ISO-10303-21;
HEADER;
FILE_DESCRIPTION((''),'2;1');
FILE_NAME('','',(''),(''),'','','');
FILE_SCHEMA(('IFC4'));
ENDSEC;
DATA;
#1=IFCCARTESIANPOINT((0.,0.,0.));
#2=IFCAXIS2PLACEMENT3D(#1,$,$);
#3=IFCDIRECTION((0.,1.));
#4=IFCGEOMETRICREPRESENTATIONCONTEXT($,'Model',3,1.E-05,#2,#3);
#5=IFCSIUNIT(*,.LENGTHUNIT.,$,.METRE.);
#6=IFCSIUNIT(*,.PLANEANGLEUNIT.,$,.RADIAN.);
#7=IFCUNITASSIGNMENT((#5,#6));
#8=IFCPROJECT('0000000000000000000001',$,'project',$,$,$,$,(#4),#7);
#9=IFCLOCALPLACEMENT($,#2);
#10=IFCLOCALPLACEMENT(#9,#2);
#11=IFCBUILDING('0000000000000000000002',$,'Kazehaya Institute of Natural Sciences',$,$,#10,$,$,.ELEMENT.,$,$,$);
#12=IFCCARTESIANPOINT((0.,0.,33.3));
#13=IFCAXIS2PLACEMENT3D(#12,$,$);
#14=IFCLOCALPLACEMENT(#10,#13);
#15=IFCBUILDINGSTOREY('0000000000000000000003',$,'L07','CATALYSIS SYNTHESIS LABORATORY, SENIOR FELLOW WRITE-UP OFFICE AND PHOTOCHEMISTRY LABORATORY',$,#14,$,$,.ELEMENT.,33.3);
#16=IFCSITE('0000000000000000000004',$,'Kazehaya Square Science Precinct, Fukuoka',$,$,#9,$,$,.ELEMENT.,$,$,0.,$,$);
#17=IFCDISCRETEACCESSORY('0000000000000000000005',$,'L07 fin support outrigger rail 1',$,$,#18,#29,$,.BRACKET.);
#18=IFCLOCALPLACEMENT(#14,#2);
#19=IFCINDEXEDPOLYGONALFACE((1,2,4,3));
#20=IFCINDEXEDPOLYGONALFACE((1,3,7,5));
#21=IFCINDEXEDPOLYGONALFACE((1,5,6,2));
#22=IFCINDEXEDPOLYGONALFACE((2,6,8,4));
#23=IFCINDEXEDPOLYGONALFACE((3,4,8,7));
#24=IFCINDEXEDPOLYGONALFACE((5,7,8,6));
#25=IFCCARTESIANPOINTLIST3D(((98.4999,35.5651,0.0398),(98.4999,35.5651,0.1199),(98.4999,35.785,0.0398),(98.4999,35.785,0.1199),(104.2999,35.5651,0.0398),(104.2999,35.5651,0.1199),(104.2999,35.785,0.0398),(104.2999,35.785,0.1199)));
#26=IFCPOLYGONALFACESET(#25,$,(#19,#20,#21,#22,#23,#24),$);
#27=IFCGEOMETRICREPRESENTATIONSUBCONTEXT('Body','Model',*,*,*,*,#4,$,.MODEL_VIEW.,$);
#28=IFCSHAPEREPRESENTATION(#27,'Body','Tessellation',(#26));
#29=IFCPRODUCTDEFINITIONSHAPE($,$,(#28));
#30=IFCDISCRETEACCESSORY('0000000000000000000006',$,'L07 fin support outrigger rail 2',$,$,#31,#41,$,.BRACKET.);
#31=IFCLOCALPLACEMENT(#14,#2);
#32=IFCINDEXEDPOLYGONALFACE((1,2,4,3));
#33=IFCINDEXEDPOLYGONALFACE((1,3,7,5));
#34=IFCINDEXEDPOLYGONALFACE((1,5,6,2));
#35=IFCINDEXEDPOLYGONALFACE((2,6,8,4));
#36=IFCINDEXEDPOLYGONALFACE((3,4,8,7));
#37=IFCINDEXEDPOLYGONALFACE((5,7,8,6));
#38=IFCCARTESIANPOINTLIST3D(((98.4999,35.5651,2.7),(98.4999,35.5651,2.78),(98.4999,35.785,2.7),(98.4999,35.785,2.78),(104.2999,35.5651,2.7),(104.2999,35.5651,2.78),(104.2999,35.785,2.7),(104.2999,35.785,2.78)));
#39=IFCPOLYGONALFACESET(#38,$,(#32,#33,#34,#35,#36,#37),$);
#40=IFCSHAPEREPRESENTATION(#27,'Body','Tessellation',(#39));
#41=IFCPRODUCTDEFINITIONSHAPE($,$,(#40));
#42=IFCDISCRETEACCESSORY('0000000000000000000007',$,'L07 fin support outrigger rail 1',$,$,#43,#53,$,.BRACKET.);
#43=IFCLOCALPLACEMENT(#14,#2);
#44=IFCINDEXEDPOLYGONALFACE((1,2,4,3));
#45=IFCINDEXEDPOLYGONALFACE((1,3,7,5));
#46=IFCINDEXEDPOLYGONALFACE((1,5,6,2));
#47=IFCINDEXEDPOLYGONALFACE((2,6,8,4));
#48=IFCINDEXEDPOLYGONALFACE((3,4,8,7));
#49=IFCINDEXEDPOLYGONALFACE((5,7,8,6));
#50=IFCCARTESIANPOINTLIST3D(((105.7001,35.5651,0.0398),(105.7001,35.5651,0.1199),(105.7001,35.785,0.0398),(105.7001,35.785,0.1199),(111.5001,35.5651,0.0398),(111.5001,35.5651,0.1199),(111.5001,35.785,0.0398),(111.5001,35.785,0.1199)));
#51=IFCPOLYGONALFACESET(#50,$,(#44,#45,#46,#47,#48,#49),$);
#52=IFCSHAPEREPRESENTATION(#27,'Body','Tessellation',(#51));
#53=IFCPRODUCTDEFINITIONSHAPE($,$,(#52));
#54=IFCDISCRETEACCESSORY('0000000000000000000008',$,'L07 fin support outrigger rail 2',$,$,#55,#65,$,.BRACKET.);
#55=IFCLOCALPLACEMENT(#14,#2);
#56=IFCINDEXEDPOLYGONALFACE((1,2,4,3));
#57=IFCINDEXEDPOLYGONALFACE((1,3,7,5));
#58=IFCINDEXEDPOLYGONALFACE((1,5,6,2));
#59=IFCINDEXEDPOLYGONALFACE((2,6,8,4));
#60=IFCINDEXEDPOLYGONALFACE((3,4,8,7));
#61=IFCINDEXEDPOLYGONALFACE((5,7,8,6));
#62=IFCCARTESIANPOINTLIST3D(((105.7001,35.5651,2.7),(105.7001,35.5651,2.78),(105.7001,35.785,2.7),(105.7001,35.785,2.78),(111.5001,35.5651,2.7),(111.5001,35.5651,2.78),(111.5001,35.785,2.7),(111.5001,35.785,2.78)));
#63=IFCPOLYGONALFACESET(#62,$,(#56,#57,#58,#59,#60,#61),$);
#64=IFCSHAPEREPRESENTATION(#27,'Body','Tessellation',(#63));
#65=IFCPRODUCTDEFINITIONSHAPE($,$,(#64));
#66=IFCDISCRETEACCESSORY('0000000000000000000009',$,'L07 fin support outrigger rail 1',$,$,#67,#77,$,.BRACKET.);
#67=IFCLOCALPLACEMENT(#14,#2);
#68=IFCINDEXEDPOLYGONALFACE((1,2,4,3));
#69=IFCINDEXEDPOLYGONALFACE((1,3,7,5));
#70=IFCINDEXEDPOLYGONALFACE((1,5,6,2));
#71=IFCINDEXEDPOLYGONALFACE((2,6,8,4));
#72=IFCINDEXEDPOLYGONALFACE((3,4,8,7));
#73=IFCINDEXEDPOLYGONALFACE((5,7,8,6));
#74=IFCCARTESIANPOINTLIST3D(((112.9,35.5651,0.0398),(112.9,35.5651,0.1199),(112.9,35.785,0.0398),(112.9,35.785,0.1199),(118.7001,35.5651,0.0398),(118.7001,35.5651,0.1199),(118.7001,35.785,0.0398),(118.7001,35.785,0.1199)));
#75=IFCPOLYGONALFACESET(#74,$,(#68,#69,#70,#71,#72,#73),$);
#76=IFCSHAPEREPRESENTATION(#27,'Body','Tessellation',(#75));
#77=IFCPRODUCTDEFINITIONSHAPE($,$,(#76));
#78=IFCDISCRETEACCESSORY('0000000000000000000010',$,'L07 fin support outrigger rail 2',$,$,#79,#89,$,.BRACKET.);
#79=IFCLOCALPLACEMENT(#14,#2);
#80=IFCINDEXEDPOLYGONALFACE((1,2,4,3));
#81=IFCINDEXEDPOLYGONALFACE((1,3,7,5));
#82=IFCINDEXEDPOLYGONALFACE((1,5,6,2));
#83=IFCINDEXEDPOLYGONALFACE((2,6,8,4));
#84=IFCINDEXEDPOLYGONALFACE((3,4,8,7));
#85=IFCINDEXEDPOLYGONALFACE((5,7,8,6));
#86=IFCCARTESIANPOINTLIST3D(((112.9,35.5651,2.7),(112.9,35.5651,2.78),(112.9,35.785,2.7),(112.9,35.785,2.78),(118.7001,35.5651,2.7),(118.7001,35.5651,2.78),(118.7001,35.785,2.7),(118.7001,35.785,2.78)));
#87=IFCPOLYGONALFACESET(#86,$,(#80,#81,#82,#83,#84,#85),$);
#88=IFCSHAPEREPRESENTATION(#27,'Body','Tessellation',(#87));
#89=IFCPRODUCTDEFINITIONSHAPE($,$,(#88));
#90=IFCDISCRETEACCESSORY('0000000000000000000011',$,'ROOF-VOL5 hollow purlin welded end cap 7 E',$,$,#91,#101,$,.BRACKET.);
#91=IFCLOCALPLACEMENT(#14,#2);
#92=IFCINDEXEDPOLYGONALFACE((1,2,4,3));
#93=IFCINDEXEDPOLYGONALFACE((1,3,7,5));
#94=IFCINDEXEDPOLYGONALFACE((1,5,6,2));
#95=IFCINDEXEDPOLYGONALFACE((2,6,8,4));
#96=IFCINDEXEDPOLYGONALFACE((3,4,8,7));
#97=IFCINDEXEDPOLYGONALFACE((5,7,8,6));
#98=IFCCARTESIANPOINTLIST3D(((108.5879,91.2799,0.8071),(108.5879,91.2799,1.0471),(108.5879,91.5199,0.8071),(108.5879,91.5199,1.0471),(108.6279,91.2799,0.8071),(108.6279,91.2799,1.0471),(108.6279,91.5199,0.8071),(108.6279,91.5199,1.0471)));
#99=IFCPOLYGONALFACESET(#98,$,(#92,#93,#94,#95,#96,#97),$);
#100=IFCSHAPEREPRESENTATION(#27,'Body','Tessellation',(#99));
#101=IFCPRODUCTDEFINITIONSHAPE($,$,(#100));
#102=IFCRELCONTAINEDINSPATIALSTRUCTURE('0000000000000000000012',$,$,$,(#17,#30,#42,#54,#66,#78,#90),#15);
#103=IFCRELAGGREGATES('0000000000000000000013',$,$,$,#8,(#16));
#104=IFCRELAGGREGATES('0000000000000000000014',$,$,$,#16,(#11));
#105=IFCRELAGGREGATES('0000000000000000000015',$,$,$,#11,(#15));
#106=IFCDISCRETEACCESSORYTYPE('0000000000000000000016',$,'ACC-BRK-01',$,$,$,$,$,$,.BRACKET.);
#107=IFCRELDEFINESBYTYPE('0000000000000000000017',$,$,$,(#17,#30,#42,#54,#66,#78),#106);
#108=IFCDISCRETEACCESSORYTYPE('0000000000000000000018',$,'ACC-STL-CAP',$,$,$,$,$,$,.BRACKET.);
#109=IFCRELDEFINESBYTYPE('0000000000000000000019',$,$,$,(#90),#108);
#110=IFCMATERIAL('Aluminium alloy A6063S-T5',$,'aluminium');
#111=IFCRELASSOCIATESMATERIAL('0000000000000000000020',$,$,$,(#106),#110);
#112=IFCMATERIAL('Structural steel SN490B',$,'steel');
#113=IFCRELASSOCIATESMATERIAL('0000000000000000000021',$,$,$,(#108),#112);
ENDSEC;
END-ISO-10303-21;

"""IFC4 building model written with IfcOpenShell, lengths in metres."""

from ifc_helpers import new_model, si_unit, direction, frame, origin, origin_2d, place, context, subcontext, project, spatial, rectangle, extrude, material, type_object, element, save


model = new_model("IFC4")

# Units and contexts
model_context = context("Model", 3, precision=1e-05, world=origin(), true_north=direction((0.0, 1.0)))
body_context = subcontext(model_context, "Body", "Model", "MODEL_VIEW")
ifc_project = project(units=[si_unit("LENGTHUNIT", "METRE"), si_unit("PLANEANGLEUNIT", "RADIAN")], contexts=[model_context])

# Site, building, storey
site_placement = place(None, origin())
site = spatial("IfcSite", under=ifc_project, at=site_placement, Name="Kazehaya Square Science Precinct, Fukuoka", CompositionType="ELEMENT", RefElevation=0.0)
building_placement = place(site_placement, origin())
building = spatial("IfcBuilding", under=site, at=building_placement, Name="Kazehaya Institute of Natural Sciences", CompositionType="ELEMENT")
storey_placement = place(building_placement, frame((0.0, 0.0, 33.3)))
storey = spatial("IfcBuildingStorey", under=building, at=storey_placement, Name="L07", Description="CATALYSIS SYNTHESIS LABORATORY, SENIOR FELLOW WRITE-UP OFFICE AND PHOTOCHEMISTRY LABORATORY", CompositionType="ELEMENT", Elevation=33.3)

# Shared definitions
ifc_material_1 = material(Name="Aluminium alloy A6063S-T5", Category="aluminium")

# Shared definitions
ifc_material_2 = material(Name="Structural steel SN490B", Category="steel")

# Discrete accessories
discrete_accessory_type_1 = type_object("IfcDiscreteAccessoryType", Name="ACC-BRK-01", PredefinedType="BRACKET", material=ifc_material_1)
for number, where, z_axis, x_axis, name in (
    (1, (101.3999, 35.675, 0.0398), (0.0, 0.0, 1.0), (1.0, 0.0, 0.0), "L07 fin support outrigger rail 1"),
    (2, (101.3999, 35.675, 2.7), (0.0, 0.0, 1.0), (1.0, 0.0, 0.0), "L07 fin support outrigger rail 2"),
    (3, (108.6001, 35.675, 0.0398), (0.0, 0.0, 1.0), (1.0, 0.0, 0.0), "L07 fin support outrigger rail 1"),
    (4, (108.6001, 35.675, 2.7), (0.0, 0.0, 1.0), (1.0, 0.0, 0.0), "L07 fin support outrigger rail 2"),
    (5, (115.8, 35.675, 0.0398), (0.0, 0.0, 1.0), (1.0, 0.0, 0.0), "L07 fin support outrigger rail 1"),
    (6, (115.8, 35.675, 2.7), (0.0, 0.0, 1.0), (1.0, 0.0, 0.0), "L07 fin support outrigger rail 2"),
):
    element("IfcDiscreteAccessory", number, at=place(storey_placement, frame(where, z_axis=z_axis, x_axis=x_axis)), inside=storey, type_object=discrete_accessory_type_1, Name=name, PredefinedType="BRACKET", context=body_context, shape_type="SweptSolid", body=[
        extrude(rectangle(XDim=5.8, YDim=0.22, at=origin_2d()), origin(), (0.0, 0.0, 1.0), 0.0801),
    ])
discrete_accessory_type_2 = type_object("IfcDiscreteAccessoryType", Name="ACC-STL-CAP", PredefinedType="BRACKET", material=ifc_material_2)
discrete_accessory_placement = place(storey_placement, frame((108.6079, 91.3999, 0.8071), z_axis=(0.0, 0.0, 1.0), x_axis=(1.0, 0.0, 0.0)))
element("IfcDiscreteAccessory", 7, at=discrete_accessory_placement, inside=storey, type_object=discrete_accessory_type_2, Name="ROOF-VOL5 hollow purlin welded end cap 7 E", PredefinedType="BRACKET", context=body_context, shape_type="SweptSolid", body=[
    extrude(rectangle(XDim=0.04, YDim=0.24, at=origin_2d()), origin(), (0.0, 0.0, 1.0), 0.24),
])

save(model, "model.ifc")
